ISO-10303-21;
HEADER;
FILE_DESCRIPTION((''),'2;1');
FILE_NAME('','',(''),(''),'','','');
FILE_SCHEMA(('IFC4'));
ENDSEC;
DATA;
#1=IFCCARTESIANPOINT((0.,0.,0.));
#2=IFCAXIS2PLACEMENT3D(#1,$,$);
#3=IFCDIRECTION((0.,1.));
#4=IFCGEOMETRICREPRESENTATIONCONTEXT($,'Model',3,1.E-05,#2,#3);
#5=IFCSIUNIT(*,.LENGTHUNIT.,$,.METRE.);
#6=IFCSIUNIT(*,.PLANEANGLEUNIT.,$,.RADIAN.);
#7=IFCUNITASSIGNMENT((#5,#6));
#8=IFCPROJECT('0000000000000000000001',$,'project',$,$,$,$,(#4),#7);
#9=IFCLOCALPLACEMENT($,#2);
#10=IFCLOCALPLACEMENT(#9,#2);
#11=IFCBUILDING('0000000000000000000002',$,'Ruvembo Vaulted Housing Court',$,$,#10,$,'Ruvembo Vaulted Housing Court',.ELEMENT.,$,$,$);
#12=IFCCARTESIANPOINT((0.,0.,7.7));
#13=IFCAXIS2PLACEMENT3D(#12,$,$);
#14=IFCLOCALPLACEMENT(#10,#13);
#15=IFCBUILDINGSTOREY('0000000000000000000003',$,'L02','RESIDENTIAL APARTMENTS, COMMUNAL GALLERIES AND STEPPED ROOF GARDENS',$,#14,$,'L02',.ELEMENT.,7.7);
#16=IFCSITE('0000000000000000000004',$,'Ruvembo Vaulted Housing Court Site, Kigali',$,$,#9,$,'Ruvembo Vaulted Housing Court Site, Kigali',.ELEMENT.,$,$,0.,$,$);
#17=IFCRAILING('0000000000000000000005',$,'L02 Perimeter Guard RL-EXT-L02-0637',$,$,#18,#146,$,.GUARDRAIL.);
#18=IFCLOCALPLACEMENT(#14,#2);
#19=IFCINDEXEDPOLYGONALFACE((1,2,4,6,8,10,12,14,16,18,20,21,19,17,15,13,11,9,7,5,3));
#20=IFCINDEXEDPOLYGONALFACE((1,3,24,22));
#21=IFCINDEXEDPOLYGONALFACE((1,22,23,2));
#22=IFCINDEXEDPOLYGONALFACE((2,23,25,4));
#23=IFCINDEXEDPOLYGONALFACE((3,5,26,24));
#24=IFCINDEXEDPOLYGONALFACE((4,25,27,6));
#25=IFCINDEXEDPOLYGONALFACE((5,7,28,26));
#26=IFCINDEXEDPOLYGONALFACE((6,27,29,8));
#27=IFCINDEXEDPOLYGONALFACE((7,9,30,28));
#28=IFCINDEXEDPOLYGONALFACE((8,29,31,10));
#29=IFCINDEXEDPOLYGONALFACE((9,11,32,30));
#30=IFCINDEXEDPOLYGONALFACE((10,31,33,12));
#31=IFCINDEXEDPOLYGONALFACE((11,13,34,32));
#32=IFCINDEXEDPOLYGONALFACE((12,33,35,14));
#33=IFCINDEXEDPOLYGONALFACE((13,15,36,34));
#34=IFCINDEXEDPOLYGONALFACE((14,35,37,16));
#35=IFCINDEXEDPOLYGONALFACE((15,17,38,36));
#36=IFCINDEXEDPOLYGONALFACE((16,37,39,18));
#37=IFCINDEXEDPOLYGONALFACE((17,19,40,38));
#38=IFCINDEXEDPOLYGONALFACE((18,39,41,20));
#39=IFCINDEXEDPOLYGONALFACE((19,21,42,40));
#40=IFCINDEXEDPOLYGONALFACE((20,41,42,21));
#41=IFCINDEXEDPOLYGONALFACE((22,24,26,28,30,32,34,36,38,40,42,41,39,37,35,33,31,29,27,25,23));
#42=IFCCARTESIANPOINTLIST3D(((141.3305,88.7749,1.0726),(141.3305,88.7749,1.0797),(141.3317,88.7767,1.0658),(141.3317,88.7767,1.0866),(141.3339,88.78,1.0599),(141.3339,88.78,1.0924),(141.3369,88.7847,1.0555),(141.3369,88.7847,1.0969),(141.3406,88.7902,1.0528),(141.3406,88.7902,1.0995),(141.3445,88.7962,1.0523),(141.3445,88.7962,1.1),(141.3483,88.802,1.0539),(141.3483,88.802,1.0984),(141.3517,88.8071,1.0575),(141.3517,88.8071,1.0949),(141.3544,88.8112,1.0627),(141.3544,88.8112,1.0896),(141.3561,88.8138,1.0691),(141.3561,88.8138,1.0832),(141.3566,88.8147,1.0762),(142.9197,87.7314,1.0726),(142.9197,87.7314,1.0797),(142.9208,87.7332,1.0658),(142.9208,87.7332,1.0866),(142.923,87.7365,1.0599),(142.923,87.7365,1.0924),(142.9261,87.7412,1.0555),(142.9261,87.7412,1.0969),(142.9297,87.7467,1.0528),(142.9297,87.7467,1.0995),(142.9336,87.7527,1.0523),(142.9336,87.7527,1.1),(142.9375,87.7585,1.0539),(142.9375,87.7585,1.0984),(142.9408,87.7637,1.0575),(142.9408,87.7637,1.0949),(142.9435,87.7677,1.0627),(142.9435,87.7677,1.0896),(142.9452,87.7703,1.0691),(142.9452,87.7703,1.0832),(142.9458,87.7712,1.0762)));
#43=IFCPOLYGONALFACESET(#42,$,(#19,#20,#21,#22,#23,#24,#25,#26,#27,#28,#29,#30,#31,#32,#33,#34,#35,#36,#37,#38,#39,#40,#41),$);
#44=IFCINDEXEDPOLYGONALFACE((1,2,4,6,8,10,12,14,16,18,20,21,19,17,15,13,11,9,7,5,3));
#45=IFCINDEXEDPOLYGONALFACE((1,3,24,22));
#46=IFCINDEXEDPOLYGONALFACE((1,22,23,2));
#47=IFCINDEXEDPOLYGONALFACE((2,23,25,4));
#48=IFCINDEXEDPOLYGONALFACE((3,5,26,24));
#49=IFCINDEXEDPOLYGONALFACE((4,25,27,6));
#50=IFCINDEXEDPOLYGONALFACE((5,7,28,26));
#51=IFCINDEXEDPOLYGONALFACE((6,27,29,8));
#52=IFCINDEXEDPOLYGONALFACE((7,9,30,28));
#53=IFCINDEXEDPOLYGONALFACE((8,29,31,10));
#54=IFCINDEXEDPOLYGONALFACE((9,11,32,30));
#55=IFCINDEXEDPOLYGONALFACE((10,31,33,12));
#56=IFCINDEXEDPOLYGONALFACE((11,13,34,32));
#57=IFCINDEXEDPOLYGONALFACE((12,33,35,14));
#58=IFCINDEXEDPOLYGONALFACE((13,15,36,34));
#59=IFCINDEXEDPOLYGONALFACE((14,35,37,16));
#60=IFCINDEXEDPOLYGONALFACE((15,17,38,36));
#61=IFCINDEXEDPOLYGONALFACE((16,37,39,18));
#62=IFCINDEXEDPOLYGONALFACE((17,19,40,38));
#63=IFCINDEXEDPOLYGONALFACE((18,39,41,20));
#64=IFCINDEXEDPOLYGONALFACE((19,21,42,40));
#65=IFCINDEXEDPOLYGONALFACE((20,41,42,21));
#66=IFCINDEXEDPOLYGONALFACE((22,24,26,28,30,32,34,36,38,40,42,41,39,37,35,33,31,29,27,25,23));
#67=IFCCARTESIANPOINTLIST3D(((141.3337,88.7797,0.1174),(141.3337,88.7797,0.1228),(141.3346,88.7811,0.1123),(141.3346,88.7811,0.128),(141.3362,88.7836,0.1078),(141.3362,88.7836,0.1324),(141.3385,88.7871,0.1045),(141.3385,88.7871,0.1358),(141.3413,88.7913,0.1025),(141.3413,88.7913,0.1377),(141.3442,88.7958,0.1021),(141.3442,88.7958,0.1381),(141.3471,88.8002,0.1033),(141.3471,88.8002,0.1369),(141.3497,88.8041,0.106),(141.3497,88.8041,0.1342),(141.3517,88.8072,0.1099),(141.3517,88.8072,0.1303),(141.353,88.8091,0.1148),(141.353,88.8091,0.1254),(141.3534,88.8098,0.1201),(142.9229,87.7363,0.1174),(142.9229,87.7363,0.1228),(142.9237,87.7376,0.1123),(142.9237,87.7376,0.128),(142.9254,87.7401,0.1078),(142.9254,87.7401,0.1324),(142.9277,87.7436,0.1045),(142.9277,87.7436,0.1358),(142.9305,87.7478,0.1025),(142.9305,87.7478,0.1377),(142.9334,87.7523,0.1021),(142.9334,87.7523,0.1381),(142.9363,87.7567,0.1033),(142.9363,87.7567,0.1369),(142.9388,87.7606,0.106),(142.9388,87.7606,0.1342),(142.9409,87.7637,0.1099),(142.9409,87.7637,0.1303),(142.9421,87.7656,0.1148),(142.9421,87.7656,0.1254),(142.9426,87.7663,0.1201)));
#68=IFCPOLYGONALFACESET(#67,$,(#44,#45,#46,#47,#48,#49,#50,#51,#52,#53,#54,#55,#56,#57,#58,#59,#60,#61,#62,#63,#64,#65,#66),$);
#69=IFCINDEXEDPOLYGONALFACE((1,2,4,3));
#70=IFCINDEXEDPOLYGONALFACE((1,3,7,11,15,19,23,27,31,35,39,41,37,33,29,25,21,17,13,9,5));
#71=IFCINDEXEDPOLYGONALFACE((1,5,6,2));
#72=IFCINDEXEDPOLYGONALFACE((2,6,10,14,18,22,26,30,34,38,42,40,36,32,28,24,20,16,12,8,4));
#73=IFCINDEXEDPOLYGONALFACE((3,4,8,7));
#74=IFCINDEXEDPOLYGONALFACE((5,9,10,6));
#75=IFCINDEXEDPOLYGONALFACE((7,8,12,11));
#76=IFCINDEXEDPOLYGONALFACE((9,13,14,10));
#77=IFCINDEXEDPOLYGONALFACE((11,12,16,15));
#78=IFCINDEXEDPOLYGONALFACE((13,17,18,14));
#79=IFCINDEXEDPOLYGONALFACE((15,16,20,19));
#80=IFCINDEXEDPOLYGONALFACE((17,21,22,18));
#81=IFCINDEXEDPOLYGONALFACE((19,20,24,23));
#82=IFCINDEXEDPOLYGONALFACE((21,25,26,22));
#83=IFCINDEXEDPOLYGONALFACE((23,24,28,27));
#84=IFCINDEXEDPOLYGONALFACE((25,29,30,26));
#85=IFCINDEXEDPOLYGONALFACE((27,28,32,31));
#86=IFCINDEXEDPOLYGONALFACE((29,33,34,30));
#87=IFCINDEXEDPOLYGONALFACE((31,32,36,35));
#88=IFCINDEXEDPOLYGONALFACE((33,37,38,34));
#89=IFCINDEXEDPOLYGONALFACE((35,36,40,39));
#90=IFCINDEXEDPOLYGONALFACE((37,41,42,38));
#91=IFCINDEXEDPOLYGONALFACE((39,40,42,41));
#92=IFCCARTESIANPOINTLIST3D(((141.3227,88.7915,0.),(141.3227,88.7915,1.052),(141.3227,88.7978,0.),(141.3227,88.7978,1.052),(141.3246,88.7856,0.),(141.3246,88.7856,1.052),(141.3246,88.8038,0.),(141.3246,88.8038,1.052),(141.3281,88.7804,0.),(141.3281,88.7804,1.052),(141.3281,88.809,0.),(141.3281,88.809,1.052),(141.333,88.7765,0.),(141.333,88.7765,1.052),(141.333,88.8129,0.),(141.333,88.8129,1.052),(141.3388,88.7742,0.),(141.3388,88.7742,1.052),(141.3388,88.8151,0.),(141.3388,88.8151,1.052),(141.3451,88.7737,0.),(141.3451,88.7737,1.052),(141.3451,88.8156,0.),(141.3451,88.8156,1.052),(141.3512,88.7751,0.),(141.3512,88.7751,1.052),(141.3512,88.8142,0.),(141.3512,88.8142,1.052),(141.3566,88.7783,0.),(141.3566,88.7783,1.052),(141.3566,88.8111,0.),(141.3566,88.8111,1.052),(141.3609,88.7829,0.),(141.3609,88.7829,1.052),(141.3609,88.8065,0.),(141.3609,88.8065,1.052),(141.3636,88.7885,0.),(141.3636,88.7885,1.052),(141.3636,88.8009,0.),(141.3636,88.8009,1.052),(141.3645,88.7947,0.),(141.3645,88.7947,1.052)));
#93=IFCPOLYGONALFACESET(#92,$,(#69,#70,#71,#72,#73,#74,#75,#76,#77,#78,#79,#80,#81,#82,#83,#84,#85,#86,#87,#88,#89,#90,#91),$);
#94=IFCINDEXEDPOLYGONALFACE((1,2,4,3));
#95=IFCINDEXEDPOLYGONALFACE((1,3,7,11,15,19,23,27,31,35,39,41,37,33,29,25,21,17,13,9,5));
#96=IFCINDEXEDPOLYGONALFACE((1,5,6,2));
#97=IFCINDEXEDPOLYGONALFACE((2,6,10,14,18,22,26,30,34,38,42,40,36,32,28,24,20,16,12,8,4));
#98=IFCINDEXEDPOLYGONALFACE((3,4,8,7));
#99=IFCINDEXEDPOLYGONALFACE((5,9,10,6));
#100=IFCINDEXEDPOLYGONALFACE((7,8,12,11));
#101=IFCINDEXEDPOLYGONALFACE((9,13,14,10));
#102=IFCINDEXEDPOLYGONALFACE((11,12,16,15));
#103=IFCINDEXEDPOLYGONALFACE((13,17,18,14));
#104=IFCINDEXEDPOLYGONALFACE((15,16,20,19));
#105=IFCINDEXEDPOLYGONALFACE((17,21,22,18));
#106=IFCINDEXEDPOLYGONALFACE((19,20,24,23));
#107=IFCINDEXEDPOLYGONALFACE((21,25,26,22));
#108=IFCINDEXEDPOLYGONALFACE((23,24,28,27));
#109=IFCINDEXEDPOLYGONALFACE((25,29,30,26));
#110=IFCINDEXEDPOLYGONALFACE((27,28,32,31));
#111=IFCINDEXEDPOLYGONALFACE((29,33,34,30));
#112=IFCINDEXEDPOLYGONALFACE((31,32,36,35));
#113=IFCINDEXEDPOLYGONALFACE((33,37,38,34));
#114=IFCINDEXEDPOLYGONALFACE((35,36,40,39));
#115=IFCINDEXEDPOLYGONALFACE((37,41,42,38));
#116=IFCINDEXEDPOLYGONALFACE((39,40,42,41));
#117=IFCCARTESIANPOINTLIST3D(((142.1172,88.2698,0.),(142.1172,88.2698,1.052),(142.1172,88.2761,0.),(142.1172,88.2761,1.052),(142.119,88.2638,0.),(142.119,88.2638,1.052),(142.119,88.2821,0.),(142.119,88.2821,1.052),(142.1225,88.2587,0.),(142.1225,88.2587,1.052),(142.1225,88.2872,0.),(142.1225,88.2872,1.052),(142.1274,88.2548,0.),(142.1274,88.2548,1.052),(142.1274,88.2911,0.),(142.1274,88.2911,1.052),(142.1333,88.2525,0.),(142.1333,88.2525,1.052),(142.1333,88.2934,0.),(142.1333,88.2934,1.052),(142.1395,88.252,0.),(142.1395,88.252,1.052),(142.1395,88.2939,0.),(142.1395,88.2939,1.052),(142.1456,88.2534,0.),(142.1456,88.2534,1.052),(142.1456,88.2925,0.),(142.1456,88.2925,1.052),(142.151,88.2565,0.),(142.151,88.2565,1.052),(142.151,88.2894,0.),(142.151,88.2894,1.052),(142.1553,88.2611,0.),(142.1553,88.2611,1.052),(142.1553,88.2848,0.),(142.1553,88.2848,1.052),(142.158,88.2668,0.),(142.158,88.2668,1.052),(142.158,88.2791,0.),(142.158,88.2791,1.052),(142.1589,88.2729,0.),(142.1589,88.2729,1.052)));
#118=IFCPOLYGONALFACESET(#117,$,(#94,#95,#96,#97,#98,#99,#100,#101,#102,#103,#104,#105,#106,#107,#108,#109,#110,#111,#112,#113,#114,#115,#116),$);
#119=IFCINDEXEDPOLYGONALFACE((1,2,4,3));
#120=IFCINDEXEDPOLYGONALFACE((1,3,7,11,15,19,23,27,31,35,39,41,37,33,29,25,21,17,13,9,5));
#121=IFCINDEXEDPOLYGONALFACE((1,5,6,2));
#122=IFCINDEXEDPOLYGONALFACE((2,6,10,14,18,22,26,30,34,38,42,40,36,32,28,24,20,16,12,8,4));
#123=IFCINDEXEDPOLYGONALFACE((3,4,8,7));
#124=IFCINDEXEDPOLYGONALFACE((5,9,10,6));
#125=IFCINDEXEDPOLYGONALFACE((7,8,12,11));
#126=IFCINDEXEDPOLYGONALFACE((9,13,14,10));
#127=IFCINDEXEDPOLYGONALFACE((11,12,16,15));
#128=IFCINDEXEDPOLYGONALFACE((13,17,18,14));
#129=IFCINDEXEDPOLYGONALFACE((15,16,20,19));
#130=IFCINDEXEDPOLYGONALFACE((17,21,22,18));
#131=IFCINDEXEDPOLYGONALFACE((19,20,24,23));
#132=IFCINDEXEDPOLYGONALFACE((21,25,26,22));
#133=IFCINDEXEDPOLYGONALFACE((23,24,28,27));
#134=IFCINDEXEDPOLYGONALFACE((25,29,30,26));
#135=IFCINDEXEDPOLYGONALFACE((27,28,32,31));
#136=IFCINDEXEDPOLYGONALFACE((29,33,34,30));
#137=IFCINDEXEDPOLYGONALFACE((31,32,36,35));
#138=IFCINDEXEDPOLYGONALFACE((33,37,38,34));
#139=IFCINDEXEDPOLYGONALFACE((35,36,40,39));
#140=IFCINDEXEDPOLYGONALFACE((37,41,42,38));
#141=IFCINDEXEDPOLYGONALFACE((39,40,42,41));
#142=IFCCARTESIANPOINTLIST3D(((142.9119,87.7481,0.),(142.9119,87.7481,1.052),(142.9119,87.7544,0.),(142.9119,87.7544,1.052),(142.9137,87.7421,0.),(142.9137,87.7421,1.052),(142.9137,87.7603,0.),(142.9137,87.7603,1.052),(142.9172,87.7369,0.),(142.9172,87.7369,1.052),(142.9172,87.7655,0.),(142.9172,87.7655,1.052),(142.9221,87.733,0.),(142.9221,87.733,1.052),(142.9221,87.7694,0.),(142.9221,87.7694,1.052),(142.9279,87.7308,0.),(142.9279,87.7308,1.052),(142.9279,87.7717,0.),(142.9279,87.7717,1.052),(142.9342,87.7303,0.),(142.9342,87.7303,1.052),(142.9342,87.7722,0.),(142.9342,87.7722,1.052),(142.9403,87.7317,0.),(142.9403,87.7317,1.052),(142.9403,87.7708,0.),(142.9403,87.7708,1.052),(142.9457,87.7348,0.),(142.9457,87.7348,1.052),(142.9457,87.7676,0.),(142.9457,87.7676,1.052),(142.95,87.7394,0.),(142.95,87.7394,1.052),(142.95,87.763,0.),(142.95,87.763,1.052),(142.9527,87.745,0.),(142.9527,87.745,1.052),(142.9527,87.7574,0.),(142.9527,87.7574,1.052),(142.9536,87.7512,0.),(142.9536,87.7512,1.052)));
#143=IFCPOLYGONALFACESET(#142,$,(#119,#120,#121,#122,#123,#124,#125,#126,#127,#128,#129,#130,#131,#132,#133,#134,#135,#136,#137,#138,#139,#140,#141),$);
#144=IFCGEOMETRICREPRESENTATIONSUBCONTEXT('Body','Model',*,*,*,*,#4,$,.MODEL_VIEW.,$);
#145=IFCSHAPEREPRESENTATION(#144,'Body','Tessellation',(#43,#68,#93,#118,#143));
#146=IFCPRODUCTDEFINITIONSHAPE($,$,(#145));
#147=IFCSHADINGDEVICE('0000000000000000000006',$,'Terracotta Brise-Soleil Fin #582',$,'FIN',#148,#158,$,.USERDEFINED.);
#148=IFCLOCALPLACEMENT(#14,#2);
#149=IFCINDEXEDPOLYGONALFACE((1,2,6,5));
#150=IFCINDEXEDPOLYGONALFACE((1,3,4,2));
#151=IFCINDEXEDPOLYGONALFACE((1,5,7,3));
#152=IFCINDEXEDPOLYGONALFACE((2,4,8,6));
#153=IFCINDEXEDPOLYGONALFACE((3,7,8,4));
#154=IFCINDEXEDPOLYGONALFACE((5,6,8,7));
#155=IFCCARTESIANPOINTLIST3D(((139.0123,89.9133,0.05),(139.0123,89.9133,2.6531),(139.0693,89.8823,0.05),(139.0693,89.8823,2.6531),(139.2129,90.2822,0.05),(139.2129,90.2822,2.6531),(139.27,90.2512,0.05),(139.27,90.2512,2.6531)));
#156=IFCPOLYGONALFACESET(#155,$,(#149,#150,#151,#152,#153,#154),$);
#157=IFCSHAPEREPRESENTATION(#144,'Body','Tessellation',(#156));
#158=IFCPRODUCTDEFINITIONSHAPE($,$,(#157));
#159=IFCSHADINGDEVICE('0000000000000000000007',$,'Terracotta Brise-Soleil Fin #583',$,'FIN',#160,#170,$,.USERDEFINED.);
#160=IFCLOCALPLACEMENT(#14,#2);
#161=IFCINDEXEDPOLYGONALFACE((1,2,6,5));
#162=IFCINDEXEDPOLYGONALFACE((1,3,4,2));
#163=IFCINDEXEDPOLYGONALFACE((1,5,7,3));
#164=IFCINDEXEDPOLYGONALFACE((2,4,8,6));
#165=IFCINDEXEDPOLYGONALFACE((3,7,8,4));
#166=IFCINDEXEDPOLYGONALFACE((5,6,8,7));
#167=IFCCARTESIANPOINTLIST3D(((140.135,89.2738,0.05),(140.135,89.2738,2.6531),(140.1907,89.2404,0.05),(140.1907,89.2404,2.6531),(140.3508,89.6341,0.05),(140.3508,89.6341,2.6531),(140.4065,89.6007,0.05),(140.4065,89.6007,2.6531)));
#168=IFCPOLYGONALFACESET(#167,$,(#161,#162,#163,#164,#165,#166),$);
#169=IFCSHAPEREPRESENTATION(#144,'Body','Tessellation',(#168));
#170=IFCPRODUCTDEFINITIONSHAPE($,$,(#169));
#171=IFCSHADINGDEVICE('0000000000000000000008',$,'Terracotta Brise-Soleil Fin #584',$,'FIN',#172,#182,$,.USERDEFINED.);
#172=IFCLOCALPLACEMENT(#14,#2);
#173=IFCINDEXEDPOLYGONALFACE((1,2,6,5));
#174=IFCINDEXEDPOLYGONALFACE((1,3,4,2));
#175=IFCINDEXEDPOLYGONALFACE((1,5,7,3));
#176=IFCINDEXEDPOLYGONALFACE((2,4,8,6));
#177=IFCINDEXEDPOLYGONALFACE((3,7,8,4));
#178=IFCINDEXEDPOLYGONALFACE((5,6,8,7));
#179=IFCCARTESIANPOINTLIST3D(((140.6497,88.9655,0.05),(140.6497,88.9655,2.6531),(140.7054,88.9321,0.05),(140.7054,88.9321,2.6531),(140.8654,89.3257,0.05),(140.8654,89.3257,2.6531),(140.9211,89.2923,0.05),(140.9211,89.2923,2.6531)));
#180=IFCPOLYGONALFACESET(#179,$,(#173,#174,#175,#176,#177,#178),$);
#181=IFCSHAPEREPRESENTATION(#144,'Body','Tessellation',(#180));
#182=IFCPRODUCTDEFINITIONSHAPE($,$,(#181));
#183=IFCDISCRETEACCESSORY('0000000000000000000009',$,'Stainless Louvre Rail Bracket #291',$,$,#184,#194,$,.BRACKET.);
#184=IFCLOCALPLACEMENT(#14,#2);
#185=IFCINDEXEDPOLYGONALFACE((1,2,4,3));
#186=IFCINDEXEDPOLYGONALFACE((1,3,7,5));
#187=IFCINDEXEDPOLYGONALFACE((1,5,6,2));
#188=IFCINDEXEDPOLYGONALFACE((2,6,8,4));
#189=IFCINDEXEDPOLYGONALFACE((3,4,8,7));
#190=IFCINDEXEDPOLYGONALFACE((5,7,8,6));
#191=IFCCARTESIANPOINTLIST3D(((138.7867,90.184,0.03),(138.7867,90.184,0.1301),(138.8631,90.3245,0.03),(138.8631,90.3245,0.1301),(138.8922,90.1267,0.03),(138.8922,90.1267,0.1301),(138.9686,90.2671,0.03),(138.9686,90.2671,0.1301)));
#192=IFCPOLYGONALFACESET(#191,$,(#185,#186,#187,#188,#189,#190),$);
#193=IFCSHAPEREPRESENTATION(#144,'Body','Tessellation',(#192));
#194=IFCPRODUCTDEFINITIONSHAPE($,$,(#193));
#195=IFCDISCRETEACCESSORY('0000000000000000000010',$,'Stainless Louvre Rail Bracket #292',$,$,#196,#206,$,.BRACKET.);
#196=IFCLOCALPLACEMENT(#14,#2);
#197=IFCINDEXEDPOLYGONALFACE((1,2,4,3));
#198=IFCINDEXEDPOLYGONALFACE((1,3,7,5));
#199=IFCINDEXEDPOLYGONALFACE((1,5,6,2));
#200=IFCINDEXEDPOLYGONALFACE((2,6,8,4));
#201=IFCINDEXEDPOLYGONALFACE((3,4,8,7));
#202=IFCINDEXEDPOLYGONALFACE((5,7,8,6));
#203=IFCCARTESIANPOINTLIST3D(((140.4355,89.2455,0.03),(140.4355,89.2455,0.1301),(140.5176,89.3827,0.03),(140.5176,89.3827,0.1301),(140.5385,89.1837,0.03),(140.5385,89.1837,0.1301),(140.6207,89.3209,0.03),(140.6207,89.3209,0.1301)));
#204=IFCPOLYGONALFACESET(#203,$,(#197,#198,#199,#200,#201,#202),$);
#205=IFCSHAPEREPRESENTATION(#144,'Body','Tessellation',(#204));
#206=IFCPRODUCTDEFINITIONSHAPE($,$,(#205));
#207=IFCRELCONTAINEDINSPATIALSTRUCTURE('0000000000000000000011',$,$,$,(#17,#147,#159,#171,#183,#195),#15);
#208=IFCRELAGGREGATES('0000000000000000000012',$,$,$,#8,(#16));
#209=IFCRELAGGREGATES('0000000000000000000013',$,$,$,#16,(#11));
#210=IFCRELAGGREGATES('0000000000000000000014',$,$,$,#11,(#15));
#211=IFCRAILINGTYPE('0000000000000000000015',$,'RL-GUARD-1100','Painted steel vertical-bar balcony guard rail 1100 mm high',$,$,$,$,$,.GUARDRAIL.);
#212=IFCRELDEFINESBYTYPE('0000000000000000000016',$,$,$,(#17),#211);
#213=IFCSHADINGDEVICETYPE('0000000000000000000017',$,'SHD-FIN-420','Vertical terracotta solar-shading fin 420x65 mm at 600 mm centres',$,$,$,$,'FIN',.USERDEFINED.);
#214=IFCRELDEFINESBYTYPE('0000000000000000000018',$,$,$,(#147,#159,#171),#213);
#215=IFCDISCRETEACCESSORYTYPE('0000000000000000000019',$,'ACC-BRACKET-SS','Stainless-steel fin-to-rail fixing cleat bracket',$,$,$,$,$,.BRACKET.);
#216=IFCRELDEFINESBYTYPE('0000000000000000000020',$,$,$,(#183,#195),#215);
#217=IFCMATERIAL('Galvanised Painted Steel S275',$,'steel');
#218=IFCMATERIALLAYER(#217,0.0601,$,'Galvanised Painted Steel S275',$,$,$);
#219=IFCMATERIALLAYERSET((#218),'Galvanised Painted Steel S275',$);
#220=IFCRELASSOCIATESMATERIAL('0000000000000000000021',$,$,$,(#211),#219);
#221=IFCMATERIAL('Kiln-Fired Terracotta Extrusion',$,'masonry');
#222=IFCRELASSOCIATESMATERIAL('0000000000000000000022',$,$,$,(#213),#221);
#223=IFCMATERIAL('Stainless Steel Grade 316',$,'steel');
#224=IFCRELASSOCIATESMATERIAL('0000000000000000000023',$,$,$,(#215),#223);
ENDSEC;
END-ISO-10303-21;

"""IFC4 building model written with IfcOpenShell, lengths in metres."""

from ifc_helpers import new_model, si_unit, direction, frame, origin, origin_2d, place, context, subcontext, project, spatial, rectangle, circle, extrude, material, layer, layer_set, type_object, element, save


model = new_model("IFC4")

# Units and contexts
model_context = context("Model", 3, precision=1e-05, world=origin(), true_north=direction((0.0, 1.0)))
body_context = subcontext(model_context, "Body", "Model", "MODEL_VIEW")
ifc_project = project(units=[si_unit("LENGTHUNIT", "METRE"), si_unit("PLANEANGLEUNIT", "RADIAN")], contexts=[model_context])

# Site, building, storey
site_placement = place(None, origin())
site = spatial("IfcSite", under=ifc_project, at=site_placement, Name="Ruvembo Vaulted Housing Court Site, Kigali", LongName="Ruvembo Vaulted Housing Court Site, Kigali", CompositionType="ELEMENT", RefElevation=0.0)
building_placement = place(site_placement, origin())
building = spatial("IfcBuilding", under=site, at=building_placement, Name="Ruvembo Vaulted Housing Court", LongName="Ruvembo Vaulted Housing Court", CompositionType="ELEMENT")
storey_placement = place(building_placement, frame((0.0, 0.0, 7.7)))
storey = spatial("IfcBuildingStorey", under=building, at=storey_placement, Name="L02", Description="RESIDENTIAL APARTMENTS, COMMUNAL GALLERIES AND STEPPED ROOF GARDENS", LongName="L02", CompositionType="ELEMENT", Elevation=7.7)

# Railing
ifc_material_1 = material(Name="Galvanised Painted Steel S275", Category="steel")
ifc_layer_1 = layer(ifc_material_1, 0.0601, Name="Galvanised Painted Steel S275")
ifc_layer_set_1 = layer_set([ifc_layer_1], Name="Galvanised Painted Steel S275")
railing_type = type_object("IfcRailingType", Name="RL-GUARD-1100", Description="Painted steel vertical-bar balcony guard rail 1100 mm high", PredefinedType="GUARDRAIL", material=ifc_layer_set_1)
railing_1_placement = place(storey_placement, frame((141.3435, 88.7947, 0.0)))
element("IfcRailing", 1, at=railing_1_placement, inside=storey, type_object=railing_type, Name="L02 Perimeter Guard RL-EXT-L02-0637", PredefinedType="GUARDRAIL", context=body_context, shape_type="SweptSolid", body=[
    extrude(circle(Radius=0.0239, at=origin_2d()), frame((0.0, 0.0, 1.0762), z_axis=(0.835902, -0.548878, 0.0), x_axis=(0.548878, 0.835902, 0.0)), (0.0, 0.0, 1.0), 1.9011),
    extrude(circle(Radius=0.0181, at=origin_2d()), frame((0.0, 0.0, 0.1201), z_axis=(0.835902, -0.548878, 0.0), x_axis=(0.548878, 0.835902, 0.0)), (0.0, 0.0, 1.0), 1.9011),
    extrude(circle(Radius=0.021, at=origin_2d()), origin(), (0.0, 0.0, 1.0), 1.052),
    extrude(circle(Radius=0.021, at=origin_2d()), frame((0.7944, -0.5217, 0.0)), (0.0, 0.0, 1.0), 1.052),
    extrude(circle(Radius=0.021, at=origin_2d()), frame((1.5891, -1.0435, 0.0)), (0.0, 0.0, 1.0), 1.052),
])

# Shading devices
ifc_material_2 = material(Name="Kiln-Fired Terracotta Extrusion", Category="masonry")
shading_device_type = type_object("IfcShadingDeviceType", Name="SHD-FIN-420", Description="Vertical terracotta solar-shading fin 420x65 mm at 600 mm centres", ElementType="FIN", PredefinedType="USERDEFINED", material=ifc_material_2)
for number, where, z_axis, x_axis, name in (
    (2, (139.1411, 90.0823, 0.05), (0.0, 0.0, 1.0), (-0.477788, -0.878475, 0.0), "Terracotta Brise-Soleil Fin #582"),
    (3, (140.2708, 89.4373, 0.05), (0.0, 0.0, 1.0), (-0.513826, -0.857895, 0.0), "Terracotta Brise-Soleil Fin #583"),
    (4, (140.7854, 89.1289, 0.05), (0.0, 0.0, 1.0), (-0.513826, -0.857895, 0.0), "Terracotta Brise-Soleil Fin #584"),
):
    element("IfcShadingDevice", number, at=place(storey_placement, frame(where, z_axis=z_axis, x_axis=x_axis)), inside=storey, type_object=shading_device_type, Name=name, ObjectType="FIN", PredefinedType="USERDEFINED", context=body_context, shape_type="SweptSolid", body=[
        extrude(rectangle(XDim=0.4199, YDim=0.0649, at=origin_2d()), origin(), (0.0, 0.0, 1.0), 2.603),
    ])

# Discrete accessories
ifc_material_3 = material(Name="Stainless Steel Grade 316", Category="steel")
discrete_accessory_type = type_object("IfcDiscreteAccessoryType", Name="ACC-BRACKET-SS", Description="Stainless-steel fin-to-rail fixing cleat bracket", PredefinedType="BRACKET", material=ifc_material_3)
for number, where, z_axis, x_axis, name in (
    (5, (138.8777, 90.2256, 0.03), (0.0, 0.0, 1.0), (-0.477788, -0.878475, 0.0), "Stainless Louvre Rail Bracket #291"),
    (6, (140.5281, 89.2832, 0.03), (0.0, 0.0, 1.0), (-0.513826, -0.857895, 0.0), "Stainless Louvre Rail Bracket #292"),
):
    element("IfcDiscreteAccessory", number, at=place(storey_placement, frame(where, z_axis=z_axis, x_axis=x_axis)), inside=storey, type_object=discrete_accessory_type, Name=name, PredefinedType="BRACKET", context=body_context, shape_type="SweptSolid", body=[
        extrude(rectangle(XDim=0.1599, YDim=0.1201, at=origin_2d()), origin(), (0.0, 0.0, 1.0), 0.1001),
    ])

save(model, "model.ifc")
